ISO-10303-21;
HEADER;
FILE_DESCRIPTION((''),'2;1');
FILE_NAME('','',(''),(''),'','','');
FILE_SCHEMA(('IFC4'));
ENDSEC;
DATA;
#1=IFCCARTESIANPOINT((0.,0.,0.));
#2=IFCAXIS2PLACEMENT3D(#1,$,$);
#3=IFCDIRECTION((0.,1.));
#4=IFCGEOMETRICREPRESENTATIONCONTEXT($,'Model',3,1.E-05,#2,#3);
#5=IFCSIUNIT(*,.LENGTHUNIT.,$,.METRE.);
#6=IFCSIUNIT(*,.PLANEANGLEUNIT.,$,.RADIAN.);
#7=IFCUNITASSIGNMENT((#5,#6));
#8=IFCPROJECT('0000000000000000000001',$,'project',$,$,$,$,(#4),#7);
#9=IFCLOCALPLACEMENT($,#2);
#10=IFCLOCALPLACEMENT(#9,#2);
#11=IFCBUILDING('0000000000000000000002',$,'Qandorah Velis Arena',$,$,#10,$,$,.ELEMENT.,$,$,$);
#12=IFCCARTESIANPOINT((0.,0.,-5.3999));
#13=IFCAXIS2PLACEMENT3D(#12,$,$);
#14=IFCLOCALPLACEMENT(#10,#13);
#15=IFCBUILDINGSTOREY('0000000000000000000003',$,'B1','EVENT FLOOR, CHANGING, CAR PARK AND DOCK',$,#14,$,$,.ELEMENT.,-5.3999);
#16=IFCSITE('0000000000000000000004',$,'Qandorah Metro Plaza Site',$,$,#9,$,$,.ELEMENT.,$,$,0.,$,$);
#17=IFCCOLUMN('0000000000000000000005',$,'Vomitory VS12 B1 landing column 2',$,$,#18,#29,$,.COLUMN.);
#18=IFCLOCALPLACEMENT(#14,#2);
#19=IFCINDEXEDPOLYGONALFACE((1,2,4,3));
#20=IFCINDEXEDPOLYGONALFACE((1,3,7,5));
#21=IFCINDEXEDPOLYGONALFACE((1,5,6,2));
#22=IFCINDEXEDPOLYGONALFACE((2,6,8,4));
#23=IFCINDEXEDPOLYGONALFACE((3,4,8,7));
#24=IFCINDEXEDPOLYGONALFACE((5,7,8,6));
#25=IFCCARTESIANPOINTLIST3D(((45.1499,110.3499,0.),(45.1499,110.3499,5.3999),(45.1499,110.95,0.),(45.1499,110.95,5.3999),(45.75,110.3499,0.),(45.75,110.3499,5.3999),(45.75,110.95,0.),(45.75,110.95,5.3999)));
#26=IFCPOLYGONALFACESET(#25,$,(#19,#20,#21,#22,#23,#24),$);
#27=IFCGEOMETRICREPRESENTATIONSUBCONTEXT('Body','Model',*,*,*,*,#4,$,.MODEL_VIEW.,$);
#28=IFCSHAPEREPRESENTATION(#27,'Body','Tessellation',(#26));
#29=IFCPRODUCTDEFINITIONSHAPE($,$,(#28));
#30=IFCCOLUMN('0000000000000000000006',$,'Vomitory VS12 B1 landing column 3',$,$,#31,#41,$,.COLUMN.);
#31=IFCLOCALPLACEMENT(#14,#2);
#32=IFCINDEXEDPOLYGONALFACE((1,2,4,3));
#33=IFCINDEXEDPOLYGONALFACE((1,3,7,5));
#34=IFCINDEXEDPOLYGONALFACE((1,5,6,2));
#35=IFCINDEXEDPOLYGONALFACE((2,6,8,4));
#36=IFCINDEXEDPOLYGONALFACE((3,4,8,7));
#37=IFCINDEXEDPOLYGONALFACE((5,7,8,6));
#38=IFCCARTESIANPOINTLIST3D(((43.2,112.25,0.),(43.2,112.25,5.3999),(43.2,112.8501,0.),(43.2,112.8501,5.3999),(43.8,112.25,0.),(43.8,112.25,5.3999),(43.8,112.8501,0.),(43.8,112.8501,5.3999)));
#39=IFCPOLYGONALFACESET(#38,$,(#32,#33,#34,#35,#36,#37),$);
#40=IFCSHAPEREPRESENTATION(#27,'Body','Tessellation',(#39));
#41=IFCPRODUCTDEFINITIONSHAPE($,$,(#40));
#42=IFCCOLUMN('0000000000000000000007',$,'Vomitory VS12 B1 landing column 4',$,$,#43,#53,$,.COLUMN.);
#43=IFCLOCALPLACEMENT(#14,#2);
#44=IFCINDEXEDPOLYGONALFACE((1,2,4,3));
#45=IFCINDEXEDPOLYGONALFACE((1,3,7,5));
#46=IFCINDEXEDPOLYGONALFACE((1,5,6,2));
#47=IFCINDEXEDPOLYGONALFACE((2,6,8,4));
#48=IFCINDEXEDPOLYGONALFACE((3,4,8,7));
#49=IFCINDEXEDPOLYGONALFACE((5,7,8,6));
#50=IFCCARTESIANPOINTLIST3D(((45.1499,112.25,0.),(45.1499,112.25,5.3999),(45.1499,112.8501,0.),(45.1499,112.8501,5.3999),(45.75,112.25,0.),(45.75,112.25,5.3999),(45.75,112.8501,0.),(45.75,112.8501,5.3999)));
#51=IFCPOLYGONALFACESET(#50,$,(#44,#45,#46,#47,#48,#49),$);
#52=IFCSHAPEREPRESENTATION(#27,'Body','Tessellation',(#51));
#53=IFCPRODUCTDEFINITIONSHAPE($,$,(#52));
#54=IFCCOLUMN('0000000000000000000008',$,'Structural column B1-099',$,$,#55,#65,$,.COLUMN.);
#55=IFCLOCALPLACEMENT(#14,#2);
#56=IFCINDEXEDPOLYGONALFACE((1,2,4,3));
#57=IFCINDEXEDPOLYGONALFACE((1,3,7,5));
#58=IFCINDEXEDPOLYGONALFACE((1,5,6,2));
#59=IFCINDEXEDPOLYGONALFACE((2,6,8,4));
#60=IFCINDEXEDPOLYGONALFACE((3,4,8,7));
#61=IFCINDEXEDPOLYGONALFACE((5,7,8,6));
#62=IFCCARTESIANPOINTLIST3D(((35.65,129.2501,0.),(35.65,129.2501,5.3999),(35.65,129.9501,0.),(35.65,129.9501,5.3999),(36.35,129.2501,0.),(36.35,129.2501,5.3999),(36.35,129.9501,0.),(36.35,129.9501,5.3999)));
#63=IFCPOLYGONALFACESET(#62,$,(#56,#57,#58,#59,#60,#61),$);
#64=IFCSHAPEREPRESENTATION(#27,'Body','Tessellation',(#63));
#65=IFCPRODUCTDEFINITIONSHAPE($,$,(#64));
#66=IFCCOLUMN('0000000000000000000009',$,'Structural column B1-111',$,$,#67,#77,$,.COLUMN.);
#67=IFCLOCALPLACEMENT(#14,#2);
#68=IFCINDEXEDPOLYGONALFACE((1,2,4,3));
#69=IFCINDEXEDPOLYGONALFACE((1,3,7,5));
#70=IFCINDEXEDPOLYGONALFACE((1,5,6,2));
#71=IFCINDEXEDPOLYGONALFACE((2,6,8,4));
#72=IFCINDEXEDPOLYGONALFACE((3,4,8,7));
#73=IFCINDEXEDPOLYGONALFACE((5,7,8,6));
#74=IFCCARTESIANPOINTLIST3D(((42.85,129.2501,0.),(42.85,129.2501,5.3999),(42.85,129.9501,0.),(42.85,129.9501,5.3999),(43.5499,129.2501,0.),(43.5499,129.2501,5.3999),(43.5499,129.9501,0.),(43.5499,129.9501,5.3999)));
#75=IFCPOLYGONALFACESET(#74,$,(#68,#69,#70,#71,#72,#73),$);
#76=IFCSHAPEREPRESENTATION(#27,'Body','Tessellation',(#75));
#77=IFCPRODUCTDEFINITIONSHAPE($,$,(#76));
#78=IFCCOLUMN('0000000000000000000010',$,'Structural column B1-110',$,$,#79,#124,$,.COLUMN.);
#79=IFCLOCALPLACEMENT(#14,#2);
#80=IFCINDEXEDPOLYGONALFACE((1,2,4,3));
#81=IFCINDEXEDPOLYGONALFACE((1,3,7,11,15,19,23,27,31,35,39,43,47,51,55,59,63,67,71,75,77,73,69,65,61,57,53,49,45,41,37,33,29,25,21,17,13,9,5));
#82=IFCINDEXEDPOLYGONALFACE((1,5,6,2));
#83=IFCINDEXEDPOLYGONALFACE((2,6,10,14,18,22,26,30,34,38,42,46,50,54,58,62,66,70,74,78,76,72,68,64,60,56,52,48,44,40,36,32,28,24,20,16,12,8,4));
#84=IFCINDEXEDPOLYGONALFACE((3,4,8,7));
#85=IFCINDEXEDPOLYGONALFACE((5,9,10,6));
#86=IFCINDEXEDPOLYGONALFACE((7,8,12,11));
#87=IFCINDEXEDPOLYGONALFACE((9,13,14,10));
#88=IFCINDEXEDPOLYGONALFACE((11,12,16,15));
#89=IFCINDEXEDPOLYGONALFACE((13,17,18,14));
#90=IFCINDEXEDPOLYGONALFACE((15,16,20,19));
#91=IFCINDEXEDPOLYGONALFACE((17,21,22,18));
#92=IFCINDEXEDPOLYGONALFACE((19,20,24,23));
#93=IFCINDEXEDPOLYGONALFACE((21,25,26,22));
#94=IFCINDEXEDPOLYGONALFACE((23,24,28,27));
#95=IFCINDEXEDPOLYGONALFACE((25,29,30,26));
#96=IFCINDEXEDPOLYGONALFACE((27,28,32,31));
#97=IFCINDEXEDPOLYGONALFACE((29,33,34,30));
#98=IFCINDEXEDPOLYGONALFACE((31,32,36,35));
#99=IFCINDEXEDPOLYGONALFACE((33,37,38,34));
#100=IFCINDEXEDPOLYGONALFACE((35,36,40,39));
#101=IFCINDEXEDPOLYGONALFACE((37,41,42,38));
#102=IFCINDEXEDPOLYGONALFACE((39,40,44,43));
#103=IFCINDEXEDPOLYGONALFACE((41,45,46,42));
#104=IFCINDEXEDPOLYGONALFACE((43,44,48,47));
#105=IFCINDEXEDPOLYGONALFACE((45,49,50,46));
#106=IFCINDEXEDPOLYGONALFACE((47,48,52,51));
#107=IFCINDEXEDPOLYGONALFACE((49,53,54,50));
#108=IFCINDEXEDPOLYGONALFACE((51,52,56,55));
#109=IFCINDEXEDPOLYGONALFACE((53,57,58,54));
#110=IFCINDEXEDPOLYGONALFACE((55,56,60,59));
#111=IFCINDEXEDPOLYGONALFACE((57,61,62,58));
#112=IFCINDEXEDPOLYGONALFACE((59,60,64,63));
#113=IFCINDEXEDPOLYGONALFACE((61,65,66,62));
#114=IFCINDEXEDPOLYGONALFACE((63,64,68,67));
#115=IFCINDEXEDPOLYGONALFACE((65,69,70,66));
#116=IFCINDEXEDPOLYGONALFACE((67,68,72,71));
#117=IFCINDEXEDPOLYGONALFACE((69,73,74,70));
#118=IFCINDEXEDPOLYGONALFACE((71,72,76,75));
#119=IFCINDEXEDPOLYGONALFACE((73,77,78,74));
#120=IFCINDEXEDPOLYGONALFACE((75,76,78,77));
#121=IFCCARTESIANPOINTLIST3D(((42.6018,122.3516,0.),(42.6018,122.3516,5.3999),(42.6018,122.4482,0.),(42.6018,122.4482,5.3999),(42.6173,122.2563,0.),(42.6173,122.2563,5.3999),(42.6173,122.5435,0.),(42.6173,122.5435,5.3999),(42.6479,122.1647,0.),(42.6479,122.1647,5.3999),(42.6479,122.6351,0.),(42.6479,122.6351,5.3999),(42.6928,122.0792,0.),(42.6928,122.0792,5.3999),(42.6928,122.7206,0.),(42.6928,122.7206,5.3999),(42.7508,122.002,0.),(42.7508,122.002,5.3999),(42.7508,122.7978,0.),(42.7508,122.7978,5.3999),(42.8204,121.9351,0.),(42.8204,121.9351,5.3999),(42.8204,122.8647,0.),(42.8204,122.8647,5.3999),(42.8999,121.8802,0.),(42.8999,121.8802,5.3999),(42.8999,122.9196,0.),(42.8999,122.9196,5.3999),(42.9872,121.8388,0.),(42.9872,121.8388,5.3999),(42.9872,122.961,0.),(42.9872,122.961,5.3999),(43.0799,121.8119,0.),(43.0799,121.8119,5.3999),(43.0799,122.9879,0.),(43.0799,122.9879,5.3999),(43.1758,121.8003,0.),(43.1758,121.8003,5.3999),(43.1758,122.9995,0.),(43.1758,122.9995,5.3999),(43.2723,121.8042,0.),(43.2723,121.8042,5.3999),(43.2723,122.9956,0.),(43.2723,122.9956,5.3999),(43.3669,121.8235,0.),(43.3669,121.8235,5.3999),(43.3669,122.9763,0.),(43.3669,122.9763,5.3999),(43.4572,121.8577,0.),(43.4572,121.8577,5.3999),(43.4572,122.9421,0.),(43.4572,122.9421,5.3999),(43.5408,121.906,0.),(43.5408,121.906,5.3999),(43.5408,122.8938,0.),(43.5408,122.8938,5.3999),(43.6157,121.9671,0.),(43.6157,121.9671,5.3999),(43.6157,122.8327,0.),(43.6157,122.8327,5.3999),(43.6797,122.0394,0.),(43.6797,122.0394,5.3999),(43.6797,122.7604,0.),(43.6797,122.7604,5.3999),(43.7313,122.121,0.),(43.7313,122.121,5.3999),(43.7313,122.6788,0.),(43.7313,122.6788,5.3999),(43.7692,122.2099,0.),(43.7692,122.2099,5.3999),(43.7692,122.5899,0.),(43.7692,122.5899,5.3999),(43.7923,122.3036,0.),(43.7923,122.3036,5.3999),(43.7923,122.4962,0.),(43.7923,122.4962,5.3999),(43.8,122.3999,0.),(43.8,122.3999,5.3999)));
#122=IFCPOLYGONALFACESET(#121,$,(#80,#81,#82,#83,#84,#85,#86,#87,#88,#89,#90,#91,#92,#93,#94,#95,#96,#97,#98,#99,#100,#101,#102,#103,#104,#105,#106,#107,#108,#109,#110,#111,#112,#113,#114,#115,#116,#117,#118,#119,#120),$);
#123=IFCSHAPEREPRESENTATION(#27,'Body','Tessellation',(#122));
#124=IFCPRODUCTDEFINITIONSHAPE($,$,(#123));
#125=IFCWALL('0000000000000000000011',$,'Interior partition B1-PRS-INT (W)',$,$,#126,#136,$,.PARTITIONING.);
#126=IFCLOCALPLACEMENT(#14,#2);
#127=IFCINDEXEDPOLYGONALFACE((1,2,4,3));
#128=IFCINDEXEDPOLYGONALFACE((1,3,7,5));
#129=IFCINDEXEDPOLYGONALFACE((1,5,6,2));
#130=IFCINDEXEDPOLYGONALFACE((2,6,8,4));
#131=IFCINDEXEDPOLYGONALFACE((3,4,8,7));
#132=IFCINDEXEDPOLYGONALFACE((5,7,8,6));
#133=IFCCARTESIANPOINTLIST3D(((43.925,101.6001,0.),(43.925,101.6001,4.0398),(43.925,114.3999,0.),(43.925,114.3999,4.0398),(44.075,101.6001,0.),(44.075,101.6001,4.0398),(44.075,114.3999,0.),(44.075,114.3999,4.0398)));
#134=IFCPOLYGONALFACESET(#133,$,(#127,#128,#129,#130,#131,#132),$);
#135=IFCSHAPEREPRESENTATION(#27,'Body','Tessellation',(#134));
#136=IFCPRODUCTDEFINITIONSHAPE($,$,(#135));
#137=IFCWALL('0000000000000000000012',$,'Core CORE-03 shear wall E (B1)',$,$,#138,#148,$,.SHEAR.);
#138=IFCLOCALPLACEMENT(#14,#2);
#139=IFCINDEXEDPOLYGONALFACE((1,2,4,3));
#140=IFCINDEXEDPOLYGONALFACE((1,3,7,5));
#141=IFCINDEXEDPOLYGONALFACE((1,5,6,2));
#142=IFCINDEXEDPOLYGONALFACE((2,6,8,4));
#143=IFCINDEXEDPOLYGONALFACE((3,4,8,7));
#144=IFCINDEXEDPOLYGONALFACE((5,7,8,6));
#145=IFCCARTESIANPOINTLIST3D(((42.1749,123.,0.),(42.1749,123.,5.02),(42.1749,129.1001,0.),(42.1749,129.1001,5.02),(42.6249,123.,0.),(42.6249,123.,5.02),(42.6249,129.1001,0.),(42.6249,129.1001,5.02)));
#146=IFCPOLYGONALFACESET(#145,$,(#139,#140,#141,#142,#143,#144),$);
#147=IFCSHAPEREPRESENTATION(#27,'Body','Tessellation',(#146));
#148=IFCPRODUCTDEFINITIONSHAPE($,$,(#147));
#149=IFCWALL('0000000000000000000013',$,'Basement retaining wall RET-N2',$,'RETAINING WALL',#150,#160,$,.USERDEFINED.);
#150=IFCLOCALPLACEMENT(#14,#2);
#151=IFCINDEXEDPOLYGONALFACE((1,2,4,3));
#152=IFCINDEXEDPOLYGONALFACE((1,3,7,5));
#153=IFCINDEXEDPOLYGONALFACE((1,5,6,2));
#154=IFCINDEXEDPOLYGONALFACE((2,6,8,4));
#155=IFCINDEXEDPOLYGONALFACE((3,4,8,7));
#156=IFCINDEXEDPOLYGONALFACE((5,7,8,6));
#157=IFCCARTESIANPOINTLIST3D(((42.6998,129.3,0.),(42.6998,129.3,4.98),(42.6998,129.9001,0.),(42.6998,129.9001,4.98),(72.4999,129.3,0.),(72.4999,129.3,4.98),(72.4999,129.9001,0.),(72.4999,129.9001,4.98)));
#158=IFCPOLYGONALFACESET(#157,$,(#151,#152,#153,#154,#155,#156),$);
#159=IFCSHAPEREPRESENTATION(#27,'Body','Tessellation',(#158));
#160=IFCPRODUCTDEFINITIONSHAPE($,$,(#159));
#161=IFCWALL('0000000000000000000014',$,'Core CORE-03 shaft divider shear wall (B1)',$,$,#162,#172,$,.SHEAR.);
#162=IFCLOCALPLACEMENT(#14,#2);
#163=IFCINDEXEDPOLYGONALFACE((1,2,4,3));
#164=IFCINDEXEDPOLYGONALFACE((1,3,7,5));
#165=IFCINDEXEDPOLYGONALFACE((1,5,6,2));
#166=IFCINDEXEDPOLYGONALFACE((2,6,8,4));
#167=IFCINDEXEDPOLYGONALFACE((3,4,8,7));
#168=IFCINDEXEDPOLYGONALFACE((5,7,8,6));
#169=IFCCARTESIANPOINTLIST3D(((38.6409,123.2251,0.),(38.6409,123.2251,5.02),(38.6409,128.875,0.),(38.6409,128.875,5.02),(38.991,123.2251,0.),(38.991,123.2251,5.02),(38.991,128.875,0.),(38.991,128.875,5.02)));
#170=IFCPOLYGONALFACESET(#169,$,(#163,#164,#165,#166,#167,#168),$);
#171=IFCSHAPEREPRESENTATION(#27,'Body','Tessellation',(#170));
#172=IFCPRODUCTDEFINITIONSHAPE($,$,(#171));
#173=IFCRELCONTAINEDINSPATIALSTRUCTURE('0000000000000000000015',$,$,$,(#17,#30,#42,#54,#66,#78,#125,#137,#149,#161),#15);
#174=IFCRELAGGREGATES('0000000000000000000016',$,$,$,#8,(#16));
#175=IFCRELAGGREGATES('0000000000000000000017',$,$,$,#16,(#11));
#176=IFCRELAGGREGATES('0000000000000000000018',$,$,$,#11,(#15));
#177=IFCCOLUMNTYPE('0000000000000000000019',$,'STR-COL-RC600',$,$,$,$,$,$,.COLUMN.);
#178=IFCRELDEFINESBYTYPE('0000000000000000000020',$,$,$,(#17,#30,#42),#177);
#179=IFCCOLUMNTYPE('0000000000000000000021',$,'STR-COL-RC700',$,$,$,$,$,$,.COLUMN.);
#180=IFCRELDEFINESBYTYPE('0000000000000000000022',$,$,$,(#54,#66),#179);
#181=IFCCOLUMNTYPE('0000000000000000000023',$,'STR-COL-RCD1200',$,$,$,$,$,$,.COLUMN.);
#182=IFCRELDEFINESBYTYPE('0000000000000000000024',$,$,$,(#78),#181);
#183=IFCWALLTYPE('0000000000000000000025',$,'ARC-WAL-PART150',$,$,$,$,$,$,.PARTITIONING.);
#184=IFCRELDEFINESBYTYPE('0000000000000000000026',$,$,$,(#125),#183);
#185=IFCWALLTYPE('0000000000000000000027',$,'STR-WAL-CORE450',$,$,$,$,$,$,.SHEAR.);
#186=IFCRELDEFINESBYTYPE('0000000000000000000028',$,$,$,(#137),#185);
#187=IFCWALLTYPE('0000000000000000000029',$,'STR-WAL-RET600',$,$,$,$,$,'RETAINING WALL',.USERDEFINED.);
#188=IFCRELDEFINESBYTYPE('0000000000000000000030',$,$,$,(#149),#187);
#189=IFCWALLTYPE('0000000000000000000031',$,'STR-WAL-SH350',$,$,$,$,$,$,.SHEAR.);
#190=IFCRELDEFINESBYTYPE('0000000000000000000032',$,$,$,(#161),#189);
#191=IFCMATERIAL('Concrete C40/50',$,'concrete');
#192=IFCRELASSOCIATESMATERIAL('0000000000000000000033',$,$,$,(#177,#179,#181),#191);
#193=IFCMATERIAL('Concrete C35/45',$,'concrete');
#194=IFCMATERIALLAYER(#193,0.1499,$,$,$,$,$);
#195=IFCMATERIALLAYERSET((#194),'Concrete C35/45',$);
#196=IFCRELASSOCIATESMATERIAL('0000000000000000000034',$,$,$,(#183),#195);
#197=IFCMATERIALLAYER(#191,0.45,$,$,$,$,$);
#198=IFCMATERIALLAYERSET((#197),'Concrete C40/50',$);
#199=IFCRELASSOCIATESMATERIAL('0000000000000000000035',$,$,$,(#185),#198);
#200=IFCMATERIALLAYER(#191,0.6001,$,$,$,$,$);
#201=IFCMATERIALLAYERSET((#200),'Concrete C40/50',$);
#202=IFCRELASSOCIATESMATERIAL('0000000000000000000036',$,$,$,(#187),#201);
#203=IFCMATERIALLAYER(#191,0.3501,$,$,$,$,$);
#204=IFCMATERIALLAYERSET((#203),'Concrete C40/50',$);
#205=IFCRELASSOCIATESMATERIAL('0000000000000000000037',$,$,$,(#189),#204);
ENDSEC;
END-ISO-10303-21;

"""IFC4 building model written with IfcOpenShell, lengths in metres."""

from ifc_helpers import new_model, si_unit, direction, frame, frame_2d, origin, origin_2d, place, context, subcontext, project, spatial, rectangle, circle, extrude, material, layer, layer_set, material_profile, profile_set, type_object, element, save


model = new_model("IFC4")

# Units and contexts
model_context = context("Model", 3, precision=1e-05, world=origin(), true_north=direction((0.0, 1.0)))
body_context = subcontext(model_context, "Body", "Model", "MODEL_VIEW")
ifc_project = project(units=[si_unit("LENGTHUNIT", "METRE"), si_unit("PLANEANGLEUNIT", "RADIAN")], contexts=[model_context])

# Site, building, storey
site_placement = place(None, origin())
site = spatial("IfcSite", under=ifc_project, at=site_placement, Name="Qandorah Metro Plaza Site", CompositionType="ELEMENT", RefElevation=0.0)
building_placement = place(site_placement, origin())
building = spatial("IfcBuilding", under=site, at=building_placement, Name="Qandorah Velis Arena", CompositionType="ELEMENT")
storey_placement = place(building_placement, frame((0.0, 0.0, -5.3999)))
storey = spatial("IfcBuildingStorey", under=building, at=storey_placement, Name="B1", Description="EVENT FLOOR, CHANGING, CAR PARK AND DOCK", CompositionType="ELEMENT", Elevation=-5.3999)

# Shared definitions
ifc_material_1 = material(Name="Concrete C40/50", Category="concrete")

# Columns
ifc_material_profile_1 = material_profile(ifc_material_1, rectangle(XDim=0.6001, YDim=0.6001, at=origin_2d()), Name="RC COL 600x600")
ifc_profile_set_1 = profile_set([ifc_material_profile_1], Name="Concrete C40/50")
column_type_1 = type_object("IfcColumnType", Name="STR-COL-RC600", PredefinedType="COLUMN", material=ifc_profile_set_1)
for number, where, z_axis, x_axis, name in (
    (1, (45.45, 110.6499, 0.0), (0.0, 0.0, 1.0), (1.0, 0.0, 0.0), "Vomitory VS12 B1 landing column 2"),
    (2, (43.5, 112.55, 0.0), (0.0, 0.0, 1.0), (1.0, 0.0, 0.0), "Vomitory VS12 B1 landing column 3"),
    (3, (45.45, 112.55, 0.0), (0.0, 0.0, 1.0), (1.0, 0.0, 0.0), "Vomitory VS12 B1 landing column 4"),
):
    element("IfcColumn", number, at=place(storey_placement, frame(where, z_axis=z_axis, x_axis=x_axis)), inside=storey, type_object=column_type_1, Name=name, PredefinedType="COLUMN", context=body_context, shape_type="SweptSolid", body=[
        extrude(rectangle(XDim=0.6001, YDim=0.6001, at=origin_2d()), origin(), (0.0, 0.0, 1.0), 5.3999),
    ])
ifc_material_profile_2 = material_profile(ifc_material_1, rectangle(XDim=0.7, YDim=0.7, at=origin_2d()), Name="RC COL 700x700")
ifc_profile_set_2 = profile_set([ifc_material_profile_2], Name="Concrete C40/50")
column_type_2 = type_object("IfcColumnType", Name="STR-COL-RC700", PredefinedType="COLUMN", material=ifc_profile_set_2)
for number, where, z_axis, x_axis, name in (
    (4, (36.0, 129.6001, 0.0), (0.0, 0.0, 1.0), (1.0, 0.0, 0.0), "Structural column B1-099"),
    (5, (43.2, 129.6001, 0.0), (0.0, 0.0, 1.0), (1.0, 0.0, 0.0), "Structural column B1-111"),
):
    element("IfcColumn", number, at=place(storey_placement, frame(where, z_axis=z_axis, x_axis=x_axis)), inside=storey, type_object=column_type_2, Name=name, PredefinedType="COLUMN", context=body_context, shape_type="SweptSolid", body=[
        extrude(rectangle(XDim=0.7, YDim=0.7, at=origin_2d()), origin(), (0.0, 0.0, 1.0), 5.3999),
    ])
ifc_material_profile_3 = material_profile(ifc_material_1, circle(Radius=0.6001, at=origin_2d()), Name="RC D1200")
ifc_profile_set_3 = profile_set([ifc_material_profile_3], Name="Concrete C40/50")
column_type_3 = type_object("IfcColumnType", Name="STR-COL-RCD1200", PredefinedType="COLUMN", material=ifc_profile_set_3)
column_1_placement = place(storey_placement, frame((43.2, 122.3999, 0.0), z_axis=(0.0, 0.0, 1.0), x_axis=(1.0, 0.0, 0.0)))
element("IfcColumn", 6, at=column_1_placement, inside=storey, type_object=column_type_3, Name="Structural column B1-110", PredefinedType="COLUMN", context=body_context, shape_type="SweptSolid", body=[
    extrude(circle(Radius=0.6001, at=origin_2d()), origin(), (0.0, 0.0, 1.0), 5.3999),
])

# Walls
ifc_material_2 = material(Name="Concrete C35/45", Category="concrete")
ifc_layer_1 = layer(ifc_material_2, 0.1499)
ifc_layer_set_1 = layer_set([ifc_layer_1], Name="Concrete C35/45")
wall_type_1 = type_object("IfcWallType", Name="ARC-WAL-PART150", PredefinedType="PARTITIONING", material=ifc_layer_set_1)
wall_1_placement = place(storey_placement, frame((44.0, 114.3999, 0.0), z_axis=(0.0, 0.0, 1.0), x_axis=(0.0, -1.0, 0.0)))
element("IfcWall", 7, at=wall_1_placement, inside=storey, type_object=wall_type_1, Name="Interior partition B1-PRS-INT (W)", PredefinedType="PARTITIONING", context=body_context, shape_type="SweptSolid", body=[
    extrude(rectangle(XDim=12.7998, YDim=0.1499, at=frame_2d((6.3999, 0.0))), origin(), (0.0, 0.0, 1.0), 4.0398),
])
ifc_layer_2 = layer(ifc_material_1, 0.45)
ifc_layer_set_2 = layer_set([ifc_layer_2], Name="Concrete C40/50")
wall_type_2 = type_object("IfcWallType", Name="STR-WAL-CORE450", PredefinedType="SHEAR", material=ifc_layer_set_2)
wall_2_placement = place(storey_placement, frame((42.3999, 123.0, 0.0), z_axis=(0.0, 0.0, 1.0), x_axis=(0.0, 1.0, 0.0)))
element("IfcWall", 8, at=wall_2_placement, inside=storey, type_object=wall_type_2, Name="Core CORE-03 shear wall E (B1)", PredefinedType="SHEAR", context=body_context, shape_type="SweptSolid", body=[
    extrude(rectangle(XDim=6.1001, YDim=0.45, at=frame_2d((3.05, 0.0))), origin(), (0.0, 0.0, 1.0), 5.02),
])
ifc_layer_3 = layer(ifc_material_1, 0.6001)
ifc_layer_set_3 = layer_set([ifc_layer_3], Name="Concrete C40/50")
wall_type_3 = type_object("IfcWallType", Name="STR-WAL-RET600", ElementType="RETAINING WALL", PredefinedType="USERDEFINED", material=ifc_layer_set_3)
wall_3_placement = place(storey_placement, frame((42.7, 129.6001, 0.0), z_axis=(0.0, 0.0, 1.0), x_axis=(1.0, 0.0, 0.0)))
element("IfcWall", 9, at=wall_3_placement, inside=storey, type_object=wall_type_3, Name="Basement retaining wall RET-N2", ObjectType="RETAINING WALL", PredefinedType="USERDEFINED", context=body_context, shape_type="SweptSolid", body=[
    extrude(rectangle(XDim=29.8, YDim=0.6001, at=frame_2d((14.8999, 0.0))), origin(), (0.0, 0.0, 1.0), 4.98),
])
ifc_layer_4 = layer(ifc_material_1, 0.3501)
ifc_layer_set_4 = layer_set([ifc_layer_4], Name="Concrete C40/50")
wall_type_4 = type_object("IfcWallType", Name="STR-WAL-SH350", PredefinedType="SHEAR", material=ifc_layer_set_4)
wall_4_placement = place(storey_placement, frame((38.8159, 123.2251, 0.0), z_axis=(0.0, 0.0, 1.0), x_axis=(0.0, 1.0, 0.0)))
element("IfcWall", 10, at=wall_4_placement, inside=storey, type_object=wall_type_4, Name="Core CORE-03 shaft divider shear wall (B1)", PredefinedType="SHEAR", context=body_context, shape_type="SweptSolid", body=[
    extrude(rectangle(XDim=5.6499, YDim=0.3501, at=frame_2d((2.825, 0.0))), origin(), (0.0, 0.0, 1.0), 5.02),
])

save(model, "model.ifc")
